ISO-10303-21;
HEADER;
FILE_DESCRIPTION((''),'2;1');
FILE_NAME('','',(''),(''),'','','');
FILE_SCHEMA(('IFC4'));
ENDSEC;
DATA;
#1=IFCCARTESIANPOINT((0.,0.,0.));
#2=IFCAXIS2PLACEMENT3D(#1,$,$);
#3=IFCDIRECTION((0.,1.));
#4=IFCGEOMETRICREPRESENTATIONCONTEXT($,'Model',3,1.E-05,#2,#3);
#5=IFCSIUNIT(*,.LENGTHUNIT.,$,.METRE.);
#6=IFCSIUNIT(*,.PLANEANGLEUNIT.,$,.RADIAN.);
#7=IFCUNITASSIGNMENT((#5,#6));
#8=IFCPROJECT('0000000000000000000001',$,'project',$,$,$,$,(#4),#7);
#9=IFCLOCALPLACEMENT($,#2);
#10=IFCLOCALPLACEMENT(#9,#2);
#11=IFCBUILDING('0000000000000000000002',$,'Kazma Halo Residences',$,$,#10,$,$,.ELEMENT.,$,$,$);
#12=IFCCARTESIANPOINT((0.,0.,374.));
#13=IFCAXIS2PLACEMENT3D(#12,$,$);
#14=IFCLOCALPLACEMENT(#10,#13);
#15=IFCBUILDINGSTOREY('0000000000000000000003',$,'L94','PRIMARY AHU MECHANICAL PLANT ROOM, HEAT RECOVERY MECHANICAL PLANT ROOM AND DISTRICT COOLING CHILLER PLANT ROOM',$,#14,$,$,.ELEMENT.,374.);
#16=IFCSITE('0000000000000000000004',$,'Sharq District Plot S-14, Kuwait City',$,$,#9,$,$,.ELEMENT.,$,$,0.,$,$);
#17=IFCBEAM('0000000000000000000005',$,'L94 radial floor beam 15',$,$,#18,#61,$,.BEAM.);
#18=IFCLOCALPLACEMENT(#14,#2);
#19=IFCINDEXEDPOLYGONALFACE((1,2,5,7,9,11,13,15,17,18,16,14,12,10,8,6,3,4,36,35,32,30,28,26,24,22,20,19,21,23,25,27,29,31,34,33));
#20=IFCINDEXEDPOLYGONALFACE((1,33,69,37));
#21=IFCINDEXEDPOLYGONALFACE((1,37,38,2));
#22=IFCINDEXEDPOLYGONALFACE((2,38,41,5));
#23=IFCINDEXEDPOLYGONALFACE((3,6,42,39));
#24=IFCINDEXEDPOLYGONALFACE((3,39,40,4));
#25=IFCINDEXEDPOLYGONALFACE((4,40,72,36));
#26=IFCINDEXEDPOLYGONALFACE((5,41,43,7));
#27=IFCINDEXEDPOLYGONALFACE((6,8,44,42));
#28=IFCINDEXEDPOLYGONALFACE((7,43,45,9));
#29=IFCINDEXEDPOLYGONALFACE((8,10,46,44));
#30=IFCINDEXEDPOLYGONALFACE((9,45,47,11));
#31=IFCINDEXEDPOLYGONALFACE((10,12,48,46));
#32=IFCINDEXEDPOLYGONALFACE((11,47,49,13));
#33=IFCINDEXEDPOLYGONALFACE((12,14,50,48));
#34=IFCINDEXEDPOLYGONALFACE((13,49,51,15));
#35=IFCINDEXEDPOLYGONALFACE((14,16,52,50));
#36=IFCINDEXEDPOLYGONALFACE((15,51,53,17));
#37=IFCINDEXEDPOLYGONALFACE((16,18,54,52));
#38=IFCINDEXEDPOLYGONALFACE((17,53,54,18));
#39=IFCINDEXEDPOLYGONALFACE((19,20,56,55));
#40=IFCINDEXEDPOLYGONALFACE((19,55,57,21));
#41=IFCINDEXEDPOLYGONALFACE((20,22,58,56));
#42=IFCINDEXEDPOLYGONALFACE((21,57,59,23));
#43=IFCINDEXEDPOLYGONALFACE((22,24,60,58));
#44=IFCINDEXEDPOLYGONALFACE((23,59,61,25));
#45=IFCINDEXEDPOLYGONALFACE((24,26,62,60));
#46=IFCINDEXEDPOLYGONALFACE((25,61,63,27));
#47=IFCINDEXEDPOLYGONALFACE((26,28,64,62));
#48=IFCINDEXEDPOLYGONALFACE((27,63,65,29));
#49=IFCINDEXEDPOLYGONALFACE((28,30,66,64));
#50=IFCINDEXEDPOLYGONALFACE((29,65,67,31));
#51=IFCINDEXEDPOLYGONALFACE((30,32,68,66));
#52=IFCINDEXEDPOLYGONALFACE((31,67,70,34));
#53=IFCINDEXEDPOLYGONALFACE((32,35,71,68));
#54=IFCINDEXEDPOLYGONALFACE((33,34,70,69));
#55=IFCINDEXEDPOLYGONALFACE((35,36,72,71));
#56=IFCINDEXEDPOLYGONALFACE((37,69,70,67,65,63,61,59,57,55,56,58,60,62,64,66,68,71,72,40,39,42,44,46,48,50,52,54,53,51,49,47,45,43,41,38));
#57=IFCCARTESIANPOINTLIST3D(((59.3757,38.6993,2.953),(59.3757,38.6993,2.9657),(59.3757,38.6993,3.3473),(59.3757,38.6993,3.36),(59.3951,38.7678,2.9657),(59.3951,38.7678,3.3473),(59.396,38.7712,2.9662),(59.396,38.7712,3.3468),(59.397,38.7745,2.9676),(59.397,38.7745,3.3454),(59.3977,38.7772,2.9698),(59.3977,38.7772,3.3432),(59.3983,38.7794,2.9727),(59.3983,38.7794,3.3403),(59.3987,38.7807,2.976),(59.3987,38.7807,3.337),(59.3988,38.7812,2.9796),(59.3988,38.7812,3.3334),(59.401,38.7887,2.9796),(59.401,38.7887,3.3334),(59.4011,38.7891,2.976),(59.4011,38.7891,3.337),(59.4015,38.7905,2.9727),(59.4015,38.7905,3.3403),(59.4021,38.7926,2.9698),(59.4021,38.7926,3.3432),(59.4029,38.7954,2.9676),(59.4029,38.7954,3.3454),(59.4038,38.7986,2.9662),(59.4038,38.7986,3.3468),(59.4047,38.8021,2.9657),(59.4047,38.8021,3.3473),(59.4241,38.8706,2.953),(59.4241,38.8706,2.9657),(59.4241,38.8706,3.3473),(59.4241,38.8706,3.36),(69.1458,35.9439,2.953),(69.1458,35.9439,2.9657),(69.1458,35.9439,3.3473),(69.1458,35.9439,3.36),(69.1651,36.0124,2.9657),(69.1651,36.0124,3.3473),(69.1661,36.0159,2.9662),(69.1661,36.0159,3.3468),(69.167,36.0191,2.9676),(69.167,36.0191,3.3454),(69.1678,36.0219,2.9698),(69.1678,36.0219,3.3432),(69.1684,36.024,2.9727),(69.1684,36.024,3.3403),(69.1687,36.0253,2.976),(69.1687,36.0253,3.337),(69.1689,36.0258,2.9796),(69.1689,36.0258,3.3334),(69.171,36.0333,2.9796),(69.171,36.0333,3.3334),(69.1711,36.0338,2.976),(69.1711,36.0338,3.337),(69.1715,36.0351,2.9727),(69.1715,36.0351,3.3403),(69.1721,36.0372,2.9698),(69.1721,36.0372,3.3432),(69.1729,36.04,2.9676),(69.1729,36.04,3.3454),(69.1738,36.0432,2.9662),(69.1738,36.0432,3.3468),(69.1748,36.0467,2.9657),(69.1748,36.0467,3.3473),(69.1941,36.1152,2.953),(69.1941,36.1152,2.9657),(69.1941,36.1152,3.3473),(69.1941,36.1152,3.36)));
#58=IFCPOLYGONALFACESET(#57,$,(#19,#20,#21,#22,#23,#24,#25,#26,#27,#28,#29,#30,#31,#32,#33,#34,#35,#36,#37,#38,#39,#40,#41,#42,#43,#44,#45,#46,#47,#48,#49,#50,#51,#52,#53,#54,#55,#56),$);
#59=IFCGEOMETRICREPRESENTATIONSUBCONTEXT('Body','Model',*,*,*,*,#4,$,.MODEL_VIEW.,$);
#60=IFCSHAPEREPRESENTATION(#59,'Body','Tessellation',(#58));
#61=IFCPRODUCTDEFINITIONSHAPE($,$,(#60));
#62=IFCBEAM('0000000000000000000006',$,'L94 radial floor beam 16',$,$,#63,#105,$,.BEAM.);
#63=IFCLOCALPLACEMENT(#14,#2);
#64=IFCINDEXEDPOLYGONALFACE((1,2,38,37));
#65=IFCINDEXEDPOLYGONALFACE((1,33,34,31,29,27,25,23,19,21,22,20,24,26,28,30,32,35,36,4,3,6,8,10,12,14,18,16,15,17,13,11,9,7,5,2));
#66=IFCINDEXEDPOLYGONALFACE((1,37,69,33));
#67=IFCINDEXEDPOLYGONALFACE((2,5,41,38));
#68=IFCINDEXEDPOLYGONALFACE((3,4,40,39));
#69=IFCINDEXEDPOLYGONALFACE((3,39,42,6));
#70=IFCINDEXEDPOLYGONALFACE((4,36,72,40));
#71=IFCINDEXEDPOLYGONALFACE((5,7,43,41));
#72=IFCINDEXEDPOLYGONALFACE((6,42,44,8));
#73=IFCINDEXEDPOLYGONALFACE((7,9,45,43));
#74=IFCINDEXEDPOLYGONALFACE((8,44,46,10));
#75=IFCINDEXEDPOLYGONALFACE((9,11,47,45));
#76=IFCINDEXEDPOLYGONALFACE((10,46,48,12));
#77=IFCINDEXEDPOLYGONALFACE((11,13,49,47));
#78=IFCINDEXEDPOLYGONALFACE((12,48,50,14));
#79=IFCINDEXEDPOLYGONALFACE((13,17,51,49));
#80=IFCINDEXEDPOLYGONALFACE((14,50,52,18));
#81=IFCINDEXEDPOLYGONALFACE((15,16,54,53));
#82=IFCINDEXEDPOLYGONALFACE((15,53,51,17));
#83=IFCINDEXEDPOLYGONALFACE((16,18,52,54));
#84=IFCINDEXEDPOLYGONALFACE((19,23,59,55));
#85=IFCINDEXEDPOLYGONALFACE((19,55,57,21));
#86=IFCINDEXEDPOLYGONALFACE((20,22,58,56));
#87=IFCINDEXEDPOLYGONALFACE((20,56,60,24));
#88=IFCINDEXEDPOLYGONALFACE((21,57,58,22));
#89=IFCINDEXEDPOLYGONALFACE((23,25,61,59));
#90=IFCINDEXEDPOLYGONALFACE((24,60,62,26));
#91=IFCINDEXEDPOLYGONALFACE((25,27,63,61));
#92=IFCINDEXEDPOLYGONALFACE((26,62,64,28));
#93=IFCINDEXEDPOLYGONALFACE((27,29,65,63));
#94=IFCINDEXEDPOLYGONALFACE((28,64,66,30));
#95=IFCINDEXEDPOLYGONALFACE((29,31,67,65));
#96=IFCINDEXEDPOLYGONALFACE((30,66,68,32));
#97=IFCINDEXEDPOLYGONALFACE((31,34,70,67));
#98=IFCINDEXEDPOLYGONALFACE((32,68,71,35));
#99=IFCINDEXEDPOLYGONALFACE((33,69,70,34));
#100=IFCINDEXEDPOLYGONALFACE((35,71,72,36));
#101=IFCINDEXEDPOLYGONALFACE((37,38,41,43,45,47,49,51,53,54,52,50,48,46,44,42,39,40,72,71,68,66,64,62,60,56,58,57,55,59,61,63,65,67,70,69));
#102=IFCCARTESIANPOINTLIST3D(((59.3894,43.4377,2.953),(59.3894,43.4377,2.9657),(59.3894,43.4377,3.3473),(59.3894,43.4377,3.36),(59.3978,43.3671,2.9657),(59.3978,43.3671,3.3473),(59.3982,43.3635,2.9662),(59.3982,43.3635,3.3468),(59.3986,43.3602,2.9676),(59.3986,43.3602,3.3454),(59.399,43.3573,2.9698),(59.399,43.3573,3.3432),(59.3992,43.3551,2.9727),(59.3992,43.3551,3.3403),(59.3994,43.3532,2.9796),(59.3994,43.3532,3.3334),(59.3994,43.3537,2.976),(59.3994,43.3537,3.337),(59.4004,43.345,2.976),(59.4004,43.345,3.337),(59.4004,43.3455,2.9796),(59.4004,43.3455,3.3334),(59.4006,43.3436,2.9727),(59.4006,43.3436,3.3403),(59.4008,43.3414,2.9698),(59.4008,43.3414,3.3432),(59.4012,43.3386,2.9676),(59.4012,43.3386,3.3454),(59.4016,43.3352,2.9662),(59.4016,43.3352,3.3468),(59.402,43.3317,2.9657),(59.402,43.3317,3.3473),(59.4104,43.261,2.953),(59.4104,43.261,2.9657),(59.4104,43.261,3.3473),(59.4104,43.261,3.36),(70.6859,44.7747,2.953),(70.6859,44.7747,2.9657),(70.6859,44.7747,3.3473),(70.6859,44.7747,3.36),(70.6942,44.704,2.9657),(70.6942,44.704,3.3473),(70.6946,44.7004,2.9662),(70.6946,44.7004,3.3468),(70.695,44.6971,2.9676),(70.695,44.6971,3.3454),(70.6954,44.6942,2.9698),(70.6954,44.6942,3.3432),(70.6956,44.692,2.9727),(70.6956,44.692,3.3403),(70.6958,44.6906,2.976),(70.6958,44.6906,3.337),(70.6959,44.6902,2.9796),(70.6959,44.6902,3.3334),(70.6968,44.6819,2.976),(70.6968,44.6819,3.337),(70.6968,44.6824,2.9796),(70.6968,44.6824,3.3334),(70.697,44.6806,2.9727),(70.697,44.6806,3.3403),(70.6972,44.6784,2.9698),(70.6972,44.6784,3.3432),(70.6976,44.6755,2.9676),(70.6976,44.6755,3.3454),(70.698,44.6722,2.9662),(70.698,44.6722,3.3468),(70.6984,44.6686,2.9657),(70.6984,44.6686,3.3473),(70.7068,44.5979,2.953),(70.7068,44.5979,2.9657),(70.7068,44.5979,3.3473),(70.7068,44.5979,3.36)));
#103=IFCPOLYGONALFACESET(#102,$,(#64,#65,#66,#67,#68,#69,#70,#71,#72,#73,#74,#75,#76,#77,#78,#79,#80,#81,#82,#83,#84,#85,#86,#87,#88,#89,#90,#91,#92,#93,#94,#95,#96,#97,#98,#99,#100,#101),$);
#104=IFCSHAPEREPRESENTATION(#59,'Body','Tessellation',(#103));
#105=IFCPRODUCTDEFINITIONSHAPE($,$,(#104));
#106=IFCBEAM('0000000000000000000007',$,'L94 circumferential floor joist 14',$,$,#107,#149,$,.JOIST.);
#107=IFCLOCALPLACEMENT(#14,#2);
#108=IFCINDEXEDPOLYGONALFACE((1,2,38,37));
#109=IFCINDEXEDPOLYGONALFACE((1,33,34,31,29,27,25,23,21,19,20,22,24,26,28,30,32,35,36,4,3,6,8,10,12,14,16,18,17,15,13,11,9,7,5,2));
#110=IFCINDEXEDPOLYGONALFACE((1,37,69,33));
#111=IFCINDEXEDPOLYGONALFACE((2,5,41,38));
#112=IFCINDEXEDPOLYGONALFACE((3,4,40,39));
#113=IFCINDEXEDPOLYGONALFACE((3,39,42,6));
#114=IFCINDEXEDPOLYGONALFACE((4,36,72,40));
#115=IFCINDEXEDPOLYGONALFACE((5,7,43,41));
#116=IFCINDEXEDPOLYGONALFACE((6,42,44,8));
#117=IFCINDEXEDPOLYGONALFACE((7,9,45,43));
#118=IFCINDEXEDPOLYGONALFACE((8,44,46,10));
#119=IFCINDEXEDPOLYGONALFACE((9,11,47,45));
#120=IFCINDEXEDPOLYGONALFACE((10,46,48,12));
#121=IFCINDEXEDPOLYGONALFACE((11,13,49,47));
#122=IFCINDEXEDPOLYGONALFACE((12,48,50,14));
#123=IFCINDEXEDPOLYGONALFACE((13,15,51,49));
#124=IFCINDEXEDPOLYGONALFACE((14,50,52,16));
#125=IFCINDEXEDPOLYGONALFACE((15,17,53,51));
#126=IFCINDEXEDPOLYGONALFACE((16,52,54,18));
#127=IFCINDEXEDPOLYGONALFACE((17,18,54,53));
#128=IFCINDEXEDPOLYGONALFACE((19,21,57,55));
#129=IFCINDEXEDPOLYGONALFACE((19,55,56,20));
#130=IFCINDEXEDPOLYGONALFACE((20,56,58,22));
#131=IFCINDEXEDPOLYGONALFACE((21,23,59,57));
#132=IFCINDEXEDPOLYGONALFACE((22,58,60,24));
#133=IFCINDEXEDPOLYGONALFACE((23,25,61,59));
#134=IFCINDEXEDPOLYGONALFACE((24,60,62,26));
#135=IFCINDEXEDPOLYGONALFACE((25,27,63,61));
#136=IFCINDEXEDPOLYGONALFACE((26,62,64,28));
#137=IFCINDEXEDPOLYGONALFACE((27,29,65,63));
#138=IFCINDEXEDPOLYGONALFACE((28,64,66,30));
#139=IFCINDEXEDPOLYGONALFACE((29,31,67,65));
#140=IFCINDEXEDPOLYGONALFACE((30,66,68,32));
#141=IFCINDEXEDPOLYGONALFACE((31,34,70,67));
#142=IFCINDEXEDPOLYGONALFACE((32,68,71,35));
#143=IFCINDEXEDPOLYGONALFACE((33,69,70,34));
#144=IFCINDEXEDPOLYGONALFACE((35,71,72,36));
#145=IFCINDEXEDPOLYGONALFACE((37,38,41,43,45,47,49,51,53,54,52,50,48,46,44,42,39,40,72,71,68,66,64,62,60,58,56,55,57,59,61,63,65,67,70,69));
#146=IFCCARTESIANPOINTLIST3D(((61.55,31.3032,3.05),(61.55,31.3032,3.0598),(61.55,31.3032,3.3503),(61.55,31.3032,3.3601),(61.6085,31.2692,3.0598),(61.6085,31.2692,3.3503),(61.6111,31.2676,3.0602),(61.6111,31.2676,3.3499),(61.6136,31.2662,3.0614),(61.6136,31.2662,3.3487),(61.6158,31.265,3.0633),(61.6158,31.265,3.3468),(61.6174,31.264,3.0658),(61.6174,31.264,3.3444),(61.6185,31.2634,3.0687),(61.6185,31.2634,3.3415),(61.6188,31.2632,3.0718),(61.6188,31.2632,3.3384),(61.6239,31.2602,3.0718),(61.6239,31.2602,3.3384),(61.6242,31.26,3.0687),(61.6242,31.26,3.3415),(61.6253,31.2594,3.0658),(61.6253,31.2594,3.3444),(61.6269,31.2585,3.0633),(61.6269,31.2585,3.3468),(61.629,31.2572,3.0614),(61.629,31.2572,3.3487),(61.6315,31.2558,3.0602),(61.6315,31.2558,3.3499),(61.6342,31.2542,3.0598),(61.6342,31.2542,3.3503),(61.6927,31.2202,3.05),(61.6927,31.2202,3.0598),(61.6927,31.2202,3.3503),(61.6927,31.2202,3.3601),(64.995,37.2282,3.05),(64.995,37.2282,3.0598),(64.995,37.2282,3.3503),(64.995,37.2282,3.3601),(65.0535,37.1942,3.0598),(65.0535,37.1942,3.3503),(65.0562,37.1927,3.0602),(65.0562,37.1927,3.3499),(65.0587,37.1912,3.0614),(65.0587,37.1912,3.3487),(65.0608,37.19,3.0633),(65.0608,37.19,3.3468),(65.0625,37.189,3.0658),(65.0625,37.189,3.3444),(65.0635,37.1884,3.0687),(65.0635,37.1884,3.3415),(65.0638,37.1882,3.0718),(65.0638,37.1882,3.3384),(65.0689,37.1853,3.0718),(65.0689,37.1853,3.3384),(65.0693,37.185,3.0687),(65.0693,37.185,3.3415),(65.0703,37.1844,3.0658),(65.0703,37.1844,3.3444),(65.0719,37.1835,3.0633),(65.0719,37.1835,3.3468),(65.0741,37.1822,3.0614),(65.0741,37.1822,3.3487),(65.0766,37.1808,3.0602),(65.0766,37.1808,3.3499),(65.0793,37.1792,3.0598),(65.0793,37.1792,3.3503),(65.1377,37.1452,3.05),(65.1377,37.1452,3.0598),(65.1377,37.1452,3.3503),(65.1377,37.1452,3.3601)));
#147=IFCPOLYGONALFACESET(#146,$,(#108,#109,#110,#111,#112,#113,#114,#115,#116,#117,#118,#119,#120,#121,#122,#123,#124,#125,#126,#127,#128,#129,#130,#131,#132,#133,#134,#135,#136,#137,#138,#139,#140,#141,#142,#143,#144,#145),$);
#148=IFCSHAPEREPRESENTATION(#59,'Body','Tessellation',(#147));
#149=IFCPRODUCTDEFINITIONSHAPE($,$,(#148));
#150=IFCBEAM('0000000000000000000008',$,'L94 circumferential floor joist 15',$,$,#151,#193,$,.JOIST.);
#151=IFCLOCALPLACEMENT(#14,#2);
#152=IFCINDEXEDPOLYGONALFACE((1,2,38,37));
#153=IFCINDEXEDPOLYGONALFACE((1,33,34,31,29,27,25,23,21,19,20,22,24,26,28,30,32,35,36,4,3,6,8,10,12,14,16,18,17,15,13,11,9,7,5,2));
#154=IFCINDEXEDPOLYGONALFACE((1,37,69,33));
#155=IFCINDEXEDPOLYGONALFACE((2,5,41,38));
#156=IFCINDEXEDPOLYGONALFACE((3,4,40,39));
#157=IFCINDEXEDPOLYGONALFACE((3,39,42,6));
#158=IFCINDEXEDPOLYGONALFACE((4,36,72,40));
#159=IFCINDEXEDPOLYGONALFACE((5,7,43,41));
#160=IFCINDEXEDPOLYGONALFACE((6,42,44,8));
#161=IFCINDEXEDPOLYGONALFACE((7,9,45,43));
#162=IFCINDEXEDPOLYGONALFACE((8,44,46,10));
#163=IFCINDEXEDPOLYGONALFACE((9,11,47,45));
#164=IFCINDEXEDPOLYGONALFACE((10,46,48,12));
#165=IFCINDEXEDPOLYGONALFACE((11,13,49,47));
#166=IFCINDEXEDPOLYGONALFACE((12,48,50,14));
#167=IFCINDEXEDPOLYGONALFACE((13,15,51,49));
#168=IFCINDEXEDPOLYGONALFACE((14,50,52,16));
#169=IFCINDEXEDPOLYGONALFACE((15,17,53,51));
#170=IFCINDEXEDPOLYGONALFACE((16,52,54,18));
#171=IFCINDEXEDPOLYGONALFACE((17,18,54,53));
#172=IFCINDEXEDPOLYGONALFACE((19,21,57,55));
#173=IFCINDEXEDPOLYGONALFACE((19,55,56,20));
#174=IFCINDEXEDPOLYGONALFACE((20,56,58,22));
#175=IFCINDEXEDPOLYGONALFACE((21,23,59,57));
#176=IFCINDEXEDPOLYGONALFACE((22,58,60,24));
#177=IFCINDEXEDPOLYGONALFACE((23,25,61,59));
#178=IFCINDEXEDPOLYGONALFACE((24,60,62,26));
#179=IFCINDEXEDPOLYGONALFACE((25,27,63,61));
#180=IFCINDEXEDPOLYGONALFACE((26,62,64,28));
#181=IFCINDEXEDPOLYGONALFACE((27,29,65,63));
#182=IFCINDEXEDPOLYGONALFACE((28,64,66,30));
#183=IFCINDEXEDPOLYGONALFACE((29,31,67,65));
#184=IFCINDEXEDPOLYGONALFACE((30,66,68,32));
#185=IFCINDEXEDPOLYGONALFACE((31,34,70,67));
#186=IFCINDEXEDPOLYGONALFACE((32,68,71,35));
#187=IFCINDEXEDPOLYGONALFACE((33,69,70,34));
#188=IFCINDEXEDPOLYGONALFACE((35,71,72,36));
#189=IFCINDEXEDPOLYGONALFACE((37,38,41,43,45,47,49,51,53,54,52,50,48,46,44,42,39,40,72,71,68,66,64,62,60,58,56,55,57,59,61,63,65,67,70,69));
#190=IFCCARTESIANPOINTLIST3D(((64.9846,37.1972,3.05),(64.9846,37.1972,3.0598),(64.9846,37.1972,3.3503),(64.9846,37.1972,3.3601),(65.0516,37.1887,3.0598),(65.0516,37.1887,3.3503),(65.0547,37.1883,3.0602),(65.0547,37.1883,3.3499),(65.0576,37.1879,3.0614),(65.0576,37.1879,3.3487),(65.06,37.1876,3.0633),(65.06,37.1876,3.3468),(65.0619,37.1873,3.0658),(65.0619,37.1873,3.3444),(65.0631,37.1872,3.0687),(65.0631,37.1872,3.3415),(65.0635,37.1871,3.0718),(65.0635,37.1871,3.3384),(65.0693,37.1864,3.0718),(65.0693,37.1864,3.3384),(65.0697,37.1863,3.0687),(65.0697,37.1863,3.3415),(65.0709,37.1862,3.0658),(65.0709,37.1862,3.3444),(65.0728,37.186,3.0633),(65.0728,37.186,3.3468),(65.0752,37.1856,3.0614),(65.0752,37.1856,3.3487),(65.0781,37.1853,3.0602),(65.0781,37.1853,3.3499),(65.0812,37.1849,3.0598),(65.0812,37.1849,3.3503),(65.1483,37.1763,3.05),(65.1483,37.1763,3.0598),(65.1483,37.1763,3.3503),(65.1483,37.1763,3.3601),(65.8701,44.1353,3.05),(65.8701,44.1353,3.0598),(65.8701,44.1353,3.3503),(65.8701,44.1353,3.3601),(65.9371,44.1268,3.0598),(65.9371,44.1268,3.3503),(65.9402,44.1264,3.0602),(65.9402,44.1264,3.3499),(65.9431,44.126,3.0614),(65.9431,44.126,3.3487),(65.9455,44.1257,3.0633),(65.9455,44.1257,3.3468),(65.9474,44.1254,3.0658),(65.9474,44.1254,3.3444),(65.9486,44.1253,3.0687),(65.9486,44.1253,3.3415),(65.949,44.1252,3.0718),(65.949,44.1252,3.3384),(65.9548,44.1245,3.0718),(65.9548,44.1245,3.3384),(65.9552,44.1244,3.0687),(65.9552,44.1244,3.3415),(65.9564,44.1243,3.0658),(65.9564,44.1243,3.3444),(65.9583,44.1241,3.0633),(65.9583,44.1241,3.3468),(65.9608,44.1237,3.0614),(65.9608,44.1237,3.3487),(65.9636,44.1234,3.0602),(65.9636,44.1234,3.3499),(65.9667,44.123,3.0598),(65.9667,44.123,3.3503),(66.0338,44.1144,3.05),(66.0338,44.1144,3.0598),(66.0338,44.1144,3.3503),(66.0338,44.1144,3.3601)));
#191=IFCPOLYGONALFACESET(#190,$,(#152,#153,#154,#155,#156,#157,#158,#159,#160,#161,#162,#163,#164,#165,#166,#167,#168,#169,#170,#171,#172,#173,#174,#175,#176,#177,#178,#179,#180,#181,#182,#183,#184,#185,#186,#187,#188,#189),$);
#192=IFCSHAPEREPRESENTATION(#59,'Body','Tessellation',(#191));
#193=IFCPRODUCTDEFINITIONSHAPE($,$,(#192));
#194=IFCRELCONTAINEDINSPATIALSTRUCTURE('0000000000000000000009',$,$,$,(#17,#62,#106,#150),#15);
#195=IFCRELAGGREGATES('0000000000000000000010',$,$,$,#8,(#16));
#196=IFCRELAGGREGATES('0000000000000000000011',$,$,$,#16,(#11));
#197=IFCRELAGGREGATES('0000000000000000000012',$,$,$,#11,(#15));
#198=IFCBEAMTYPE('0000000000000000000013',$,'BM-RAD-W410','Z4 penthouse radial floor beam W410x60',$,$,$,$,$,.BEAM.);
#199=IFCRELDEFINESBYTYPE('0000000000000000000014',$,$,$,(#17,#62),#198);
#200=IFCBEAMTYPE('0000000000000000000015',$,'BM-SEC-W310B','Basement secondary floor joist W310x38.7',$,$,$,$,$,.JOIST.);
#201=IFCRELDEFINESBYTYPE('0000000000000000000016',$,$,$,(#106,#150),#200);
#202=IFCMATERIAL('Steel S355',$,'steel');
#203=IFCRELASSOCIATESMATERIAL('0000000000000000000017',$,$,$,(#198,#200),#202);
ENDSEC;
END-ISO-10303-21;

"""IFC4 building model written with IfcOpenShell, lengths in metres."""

from ifc_helpers import new_model, si_unit, direction, frame, origin, origin_2d, place, context, subcontext, project, spatial, i_section, extrude, material, material_profile, profile_set, type_object, element, save


model = new_model("IFC4")

# Units and contexts
model_context = context("Model", 3, precision=1e-05, world=origin(), true_north=direction((0.0, 1.0)))
body_context = subcontext(model_context, "Body", "Model", "MODEL_VIEW")
ifc_project = project(units=[si_unit("LENGTHUNIT", "METRE"), si_unit("PLANEANGLEUNIT", "RADIAN")], contexts=[model_context])

# Site, building, storey
site_placement = place(None, origin())
site = spatial("IfcSite", under=ifc_project, at=site_placement, Name="Sharq District Plot S-14, Kuwait City", CompositionType="ELEMENT", RefElevation=0.0)
building_placement = place(site_placement, origin())
building = spatial("IfcBuilding", under=site, at=building_placement, Name="Kazma Halo Residences", CompositionType="ELEMENT")
storey_placement = place(building_placement, frame((0.0, 0.0, 374.0)))
storey = spatial("IfcBuildingStorey", under=building, at=storey_placement, Name="L94", Description="PRIMARY AHU MECHANICAL PLANT ROOM, HEAT RECOVERY MECHANICAL PLANT ROOM AND DISTRICT COOLING CHILLER PLANT ROOM", CompositionType="ELEMENT", Elevation=374.0)

# Shared definitions
ifc_material_1 = material(Name="Steel S355", Category="steel")

# Beams
ifc_material_profile_1 = material_profile(ifc_material_1, i_section(OverallWidth=0.178, OverallDepth=0.407, WebThickness=0.0078, FlangeThickness=0.0127, FilletRadius=0.0139, at=origin_2d()), Name="W410x60")
ifc_profile_set_1 = profile_set([ifc_material_profile_1], Name="Steel S355")
beam_type_1 = type_object("IfcBeamType", Name="BM-RAD-W410", Description="Z4 penthouse radial floor beam W410x60", PredefinedType="BEAM", material=ifc_profile_set_1)
beam_1_placement = place(storey_placement, frame((59.3999, 38.7849, 3.1565), z_axis=(0.962457, -0.271435, 0.0), x_axis=(0.271435, 0.962457, 0.0)))
element("IfcBeam", 1, at=beam_1_placement, inside=storey, type_object=beam_type_1, Name="L94 radial floor beam 15", PredefinedType="BEAM", context=body_context, shape_type="SweptSolid", body=[
    extrude(i_section(OverallWidth=0.178, OverallDepth=0.407, WebThickness=0.0078, FlangeThickness=0.0127, FilletRadius=0.0139, at=origin_2d()), origin(), (0.0, 0.0, 1.0), 10.1511),
])
beam_2_placement = place(storey_placement, frame((59.3999, 43.3494, 3.1565), z_axis=(0.993069, 0.117529, 0.0), x_axis=(-0.117529, 0.993069, 0.0)))
element("IfcBeam", 2, at=beam_2_placement, inside=storey, type_object=beam_type_1, Name="L94 radial floor beam 16", PredefinedType="BEAM", context=body_context, shape_type="SweptSolid", body=[
    extrude(i_section(OverallWidth=0.178, OverallDepth=0.407, WebThickness=0.0078, FlangeThickness=0.0127, FilletRadius=0.0139, at=origin_2d()), origin(), (0.0, 0.0, 1.0), 11.3752),
])
ifc_material_profile_2 = material_profile(ifc_material_1, i_section(OverallWidth=0.165, OverallDepth=0.3101, WebThickness=0.0059, FlangeThickness=0.0098, FilletRadius=0.012, at=origin_2d()), Name="W310x38.7")
ifc_profile_set_2 = profile_set([ifc_material_profile_2], Name="Steel S355")
beam_type_2 = type_object("IfcBeamType", Name="BM-SEC-W310B", Description="Basement secondary floor joist W310x38.7", PredefinedType="JOIST", material=ifc_profile_set_2)
beam_3_placement = place(storey_placement, frame((61.6213, 31.2617, 3.2051), z_axis=(0.50265, 0.86449, 0.0), x_axis=(-0.86449, 0.50265, 0.0)))
element("IfcBeam", 3, at=beam_3_placement, inside=storey, type_object=beam_type_2, Name="L94 circumferential floor joist 14", PredefinedType="JOIST", context=body_context, shape_type="SweptSolid", body=[
    extrude(i_section(OverallWidth=0.165, OverallDepth=0.3101, WebThickness=0.0059, FlangeThickness=0.0098, FilletRadius=0.012, at=origin_2d()), origin(), (0.0, 0.0, 1.0), 6.8538),
])
beam_4_placement = place(storey_placement, frame((65.0664, 37.1868, 3.2051), z_axis=(0.126603, 0.991953, 0.0), x_axis=(-0.991953, 0.126603, 0.0)))
element("IfcBeam", 4, at=beam_4_placement, inside=storey, type_object=beam_type_2, Name="L94 circumferential floor joist 15", PredefinedType="JOIST", context=body_context, shape_type="SweptSolid", body=[
    extrude(i_section(OverallWidth=0.165, OverallDepth=0.3101, WebThickness=0.0059, FlangeThickness=0.0098, FilletRadius=0.012, at=origin_2d()), origin(), (0.0, 0.0, 1.0), 6.9944),
])

save(model, "model.ifc")
